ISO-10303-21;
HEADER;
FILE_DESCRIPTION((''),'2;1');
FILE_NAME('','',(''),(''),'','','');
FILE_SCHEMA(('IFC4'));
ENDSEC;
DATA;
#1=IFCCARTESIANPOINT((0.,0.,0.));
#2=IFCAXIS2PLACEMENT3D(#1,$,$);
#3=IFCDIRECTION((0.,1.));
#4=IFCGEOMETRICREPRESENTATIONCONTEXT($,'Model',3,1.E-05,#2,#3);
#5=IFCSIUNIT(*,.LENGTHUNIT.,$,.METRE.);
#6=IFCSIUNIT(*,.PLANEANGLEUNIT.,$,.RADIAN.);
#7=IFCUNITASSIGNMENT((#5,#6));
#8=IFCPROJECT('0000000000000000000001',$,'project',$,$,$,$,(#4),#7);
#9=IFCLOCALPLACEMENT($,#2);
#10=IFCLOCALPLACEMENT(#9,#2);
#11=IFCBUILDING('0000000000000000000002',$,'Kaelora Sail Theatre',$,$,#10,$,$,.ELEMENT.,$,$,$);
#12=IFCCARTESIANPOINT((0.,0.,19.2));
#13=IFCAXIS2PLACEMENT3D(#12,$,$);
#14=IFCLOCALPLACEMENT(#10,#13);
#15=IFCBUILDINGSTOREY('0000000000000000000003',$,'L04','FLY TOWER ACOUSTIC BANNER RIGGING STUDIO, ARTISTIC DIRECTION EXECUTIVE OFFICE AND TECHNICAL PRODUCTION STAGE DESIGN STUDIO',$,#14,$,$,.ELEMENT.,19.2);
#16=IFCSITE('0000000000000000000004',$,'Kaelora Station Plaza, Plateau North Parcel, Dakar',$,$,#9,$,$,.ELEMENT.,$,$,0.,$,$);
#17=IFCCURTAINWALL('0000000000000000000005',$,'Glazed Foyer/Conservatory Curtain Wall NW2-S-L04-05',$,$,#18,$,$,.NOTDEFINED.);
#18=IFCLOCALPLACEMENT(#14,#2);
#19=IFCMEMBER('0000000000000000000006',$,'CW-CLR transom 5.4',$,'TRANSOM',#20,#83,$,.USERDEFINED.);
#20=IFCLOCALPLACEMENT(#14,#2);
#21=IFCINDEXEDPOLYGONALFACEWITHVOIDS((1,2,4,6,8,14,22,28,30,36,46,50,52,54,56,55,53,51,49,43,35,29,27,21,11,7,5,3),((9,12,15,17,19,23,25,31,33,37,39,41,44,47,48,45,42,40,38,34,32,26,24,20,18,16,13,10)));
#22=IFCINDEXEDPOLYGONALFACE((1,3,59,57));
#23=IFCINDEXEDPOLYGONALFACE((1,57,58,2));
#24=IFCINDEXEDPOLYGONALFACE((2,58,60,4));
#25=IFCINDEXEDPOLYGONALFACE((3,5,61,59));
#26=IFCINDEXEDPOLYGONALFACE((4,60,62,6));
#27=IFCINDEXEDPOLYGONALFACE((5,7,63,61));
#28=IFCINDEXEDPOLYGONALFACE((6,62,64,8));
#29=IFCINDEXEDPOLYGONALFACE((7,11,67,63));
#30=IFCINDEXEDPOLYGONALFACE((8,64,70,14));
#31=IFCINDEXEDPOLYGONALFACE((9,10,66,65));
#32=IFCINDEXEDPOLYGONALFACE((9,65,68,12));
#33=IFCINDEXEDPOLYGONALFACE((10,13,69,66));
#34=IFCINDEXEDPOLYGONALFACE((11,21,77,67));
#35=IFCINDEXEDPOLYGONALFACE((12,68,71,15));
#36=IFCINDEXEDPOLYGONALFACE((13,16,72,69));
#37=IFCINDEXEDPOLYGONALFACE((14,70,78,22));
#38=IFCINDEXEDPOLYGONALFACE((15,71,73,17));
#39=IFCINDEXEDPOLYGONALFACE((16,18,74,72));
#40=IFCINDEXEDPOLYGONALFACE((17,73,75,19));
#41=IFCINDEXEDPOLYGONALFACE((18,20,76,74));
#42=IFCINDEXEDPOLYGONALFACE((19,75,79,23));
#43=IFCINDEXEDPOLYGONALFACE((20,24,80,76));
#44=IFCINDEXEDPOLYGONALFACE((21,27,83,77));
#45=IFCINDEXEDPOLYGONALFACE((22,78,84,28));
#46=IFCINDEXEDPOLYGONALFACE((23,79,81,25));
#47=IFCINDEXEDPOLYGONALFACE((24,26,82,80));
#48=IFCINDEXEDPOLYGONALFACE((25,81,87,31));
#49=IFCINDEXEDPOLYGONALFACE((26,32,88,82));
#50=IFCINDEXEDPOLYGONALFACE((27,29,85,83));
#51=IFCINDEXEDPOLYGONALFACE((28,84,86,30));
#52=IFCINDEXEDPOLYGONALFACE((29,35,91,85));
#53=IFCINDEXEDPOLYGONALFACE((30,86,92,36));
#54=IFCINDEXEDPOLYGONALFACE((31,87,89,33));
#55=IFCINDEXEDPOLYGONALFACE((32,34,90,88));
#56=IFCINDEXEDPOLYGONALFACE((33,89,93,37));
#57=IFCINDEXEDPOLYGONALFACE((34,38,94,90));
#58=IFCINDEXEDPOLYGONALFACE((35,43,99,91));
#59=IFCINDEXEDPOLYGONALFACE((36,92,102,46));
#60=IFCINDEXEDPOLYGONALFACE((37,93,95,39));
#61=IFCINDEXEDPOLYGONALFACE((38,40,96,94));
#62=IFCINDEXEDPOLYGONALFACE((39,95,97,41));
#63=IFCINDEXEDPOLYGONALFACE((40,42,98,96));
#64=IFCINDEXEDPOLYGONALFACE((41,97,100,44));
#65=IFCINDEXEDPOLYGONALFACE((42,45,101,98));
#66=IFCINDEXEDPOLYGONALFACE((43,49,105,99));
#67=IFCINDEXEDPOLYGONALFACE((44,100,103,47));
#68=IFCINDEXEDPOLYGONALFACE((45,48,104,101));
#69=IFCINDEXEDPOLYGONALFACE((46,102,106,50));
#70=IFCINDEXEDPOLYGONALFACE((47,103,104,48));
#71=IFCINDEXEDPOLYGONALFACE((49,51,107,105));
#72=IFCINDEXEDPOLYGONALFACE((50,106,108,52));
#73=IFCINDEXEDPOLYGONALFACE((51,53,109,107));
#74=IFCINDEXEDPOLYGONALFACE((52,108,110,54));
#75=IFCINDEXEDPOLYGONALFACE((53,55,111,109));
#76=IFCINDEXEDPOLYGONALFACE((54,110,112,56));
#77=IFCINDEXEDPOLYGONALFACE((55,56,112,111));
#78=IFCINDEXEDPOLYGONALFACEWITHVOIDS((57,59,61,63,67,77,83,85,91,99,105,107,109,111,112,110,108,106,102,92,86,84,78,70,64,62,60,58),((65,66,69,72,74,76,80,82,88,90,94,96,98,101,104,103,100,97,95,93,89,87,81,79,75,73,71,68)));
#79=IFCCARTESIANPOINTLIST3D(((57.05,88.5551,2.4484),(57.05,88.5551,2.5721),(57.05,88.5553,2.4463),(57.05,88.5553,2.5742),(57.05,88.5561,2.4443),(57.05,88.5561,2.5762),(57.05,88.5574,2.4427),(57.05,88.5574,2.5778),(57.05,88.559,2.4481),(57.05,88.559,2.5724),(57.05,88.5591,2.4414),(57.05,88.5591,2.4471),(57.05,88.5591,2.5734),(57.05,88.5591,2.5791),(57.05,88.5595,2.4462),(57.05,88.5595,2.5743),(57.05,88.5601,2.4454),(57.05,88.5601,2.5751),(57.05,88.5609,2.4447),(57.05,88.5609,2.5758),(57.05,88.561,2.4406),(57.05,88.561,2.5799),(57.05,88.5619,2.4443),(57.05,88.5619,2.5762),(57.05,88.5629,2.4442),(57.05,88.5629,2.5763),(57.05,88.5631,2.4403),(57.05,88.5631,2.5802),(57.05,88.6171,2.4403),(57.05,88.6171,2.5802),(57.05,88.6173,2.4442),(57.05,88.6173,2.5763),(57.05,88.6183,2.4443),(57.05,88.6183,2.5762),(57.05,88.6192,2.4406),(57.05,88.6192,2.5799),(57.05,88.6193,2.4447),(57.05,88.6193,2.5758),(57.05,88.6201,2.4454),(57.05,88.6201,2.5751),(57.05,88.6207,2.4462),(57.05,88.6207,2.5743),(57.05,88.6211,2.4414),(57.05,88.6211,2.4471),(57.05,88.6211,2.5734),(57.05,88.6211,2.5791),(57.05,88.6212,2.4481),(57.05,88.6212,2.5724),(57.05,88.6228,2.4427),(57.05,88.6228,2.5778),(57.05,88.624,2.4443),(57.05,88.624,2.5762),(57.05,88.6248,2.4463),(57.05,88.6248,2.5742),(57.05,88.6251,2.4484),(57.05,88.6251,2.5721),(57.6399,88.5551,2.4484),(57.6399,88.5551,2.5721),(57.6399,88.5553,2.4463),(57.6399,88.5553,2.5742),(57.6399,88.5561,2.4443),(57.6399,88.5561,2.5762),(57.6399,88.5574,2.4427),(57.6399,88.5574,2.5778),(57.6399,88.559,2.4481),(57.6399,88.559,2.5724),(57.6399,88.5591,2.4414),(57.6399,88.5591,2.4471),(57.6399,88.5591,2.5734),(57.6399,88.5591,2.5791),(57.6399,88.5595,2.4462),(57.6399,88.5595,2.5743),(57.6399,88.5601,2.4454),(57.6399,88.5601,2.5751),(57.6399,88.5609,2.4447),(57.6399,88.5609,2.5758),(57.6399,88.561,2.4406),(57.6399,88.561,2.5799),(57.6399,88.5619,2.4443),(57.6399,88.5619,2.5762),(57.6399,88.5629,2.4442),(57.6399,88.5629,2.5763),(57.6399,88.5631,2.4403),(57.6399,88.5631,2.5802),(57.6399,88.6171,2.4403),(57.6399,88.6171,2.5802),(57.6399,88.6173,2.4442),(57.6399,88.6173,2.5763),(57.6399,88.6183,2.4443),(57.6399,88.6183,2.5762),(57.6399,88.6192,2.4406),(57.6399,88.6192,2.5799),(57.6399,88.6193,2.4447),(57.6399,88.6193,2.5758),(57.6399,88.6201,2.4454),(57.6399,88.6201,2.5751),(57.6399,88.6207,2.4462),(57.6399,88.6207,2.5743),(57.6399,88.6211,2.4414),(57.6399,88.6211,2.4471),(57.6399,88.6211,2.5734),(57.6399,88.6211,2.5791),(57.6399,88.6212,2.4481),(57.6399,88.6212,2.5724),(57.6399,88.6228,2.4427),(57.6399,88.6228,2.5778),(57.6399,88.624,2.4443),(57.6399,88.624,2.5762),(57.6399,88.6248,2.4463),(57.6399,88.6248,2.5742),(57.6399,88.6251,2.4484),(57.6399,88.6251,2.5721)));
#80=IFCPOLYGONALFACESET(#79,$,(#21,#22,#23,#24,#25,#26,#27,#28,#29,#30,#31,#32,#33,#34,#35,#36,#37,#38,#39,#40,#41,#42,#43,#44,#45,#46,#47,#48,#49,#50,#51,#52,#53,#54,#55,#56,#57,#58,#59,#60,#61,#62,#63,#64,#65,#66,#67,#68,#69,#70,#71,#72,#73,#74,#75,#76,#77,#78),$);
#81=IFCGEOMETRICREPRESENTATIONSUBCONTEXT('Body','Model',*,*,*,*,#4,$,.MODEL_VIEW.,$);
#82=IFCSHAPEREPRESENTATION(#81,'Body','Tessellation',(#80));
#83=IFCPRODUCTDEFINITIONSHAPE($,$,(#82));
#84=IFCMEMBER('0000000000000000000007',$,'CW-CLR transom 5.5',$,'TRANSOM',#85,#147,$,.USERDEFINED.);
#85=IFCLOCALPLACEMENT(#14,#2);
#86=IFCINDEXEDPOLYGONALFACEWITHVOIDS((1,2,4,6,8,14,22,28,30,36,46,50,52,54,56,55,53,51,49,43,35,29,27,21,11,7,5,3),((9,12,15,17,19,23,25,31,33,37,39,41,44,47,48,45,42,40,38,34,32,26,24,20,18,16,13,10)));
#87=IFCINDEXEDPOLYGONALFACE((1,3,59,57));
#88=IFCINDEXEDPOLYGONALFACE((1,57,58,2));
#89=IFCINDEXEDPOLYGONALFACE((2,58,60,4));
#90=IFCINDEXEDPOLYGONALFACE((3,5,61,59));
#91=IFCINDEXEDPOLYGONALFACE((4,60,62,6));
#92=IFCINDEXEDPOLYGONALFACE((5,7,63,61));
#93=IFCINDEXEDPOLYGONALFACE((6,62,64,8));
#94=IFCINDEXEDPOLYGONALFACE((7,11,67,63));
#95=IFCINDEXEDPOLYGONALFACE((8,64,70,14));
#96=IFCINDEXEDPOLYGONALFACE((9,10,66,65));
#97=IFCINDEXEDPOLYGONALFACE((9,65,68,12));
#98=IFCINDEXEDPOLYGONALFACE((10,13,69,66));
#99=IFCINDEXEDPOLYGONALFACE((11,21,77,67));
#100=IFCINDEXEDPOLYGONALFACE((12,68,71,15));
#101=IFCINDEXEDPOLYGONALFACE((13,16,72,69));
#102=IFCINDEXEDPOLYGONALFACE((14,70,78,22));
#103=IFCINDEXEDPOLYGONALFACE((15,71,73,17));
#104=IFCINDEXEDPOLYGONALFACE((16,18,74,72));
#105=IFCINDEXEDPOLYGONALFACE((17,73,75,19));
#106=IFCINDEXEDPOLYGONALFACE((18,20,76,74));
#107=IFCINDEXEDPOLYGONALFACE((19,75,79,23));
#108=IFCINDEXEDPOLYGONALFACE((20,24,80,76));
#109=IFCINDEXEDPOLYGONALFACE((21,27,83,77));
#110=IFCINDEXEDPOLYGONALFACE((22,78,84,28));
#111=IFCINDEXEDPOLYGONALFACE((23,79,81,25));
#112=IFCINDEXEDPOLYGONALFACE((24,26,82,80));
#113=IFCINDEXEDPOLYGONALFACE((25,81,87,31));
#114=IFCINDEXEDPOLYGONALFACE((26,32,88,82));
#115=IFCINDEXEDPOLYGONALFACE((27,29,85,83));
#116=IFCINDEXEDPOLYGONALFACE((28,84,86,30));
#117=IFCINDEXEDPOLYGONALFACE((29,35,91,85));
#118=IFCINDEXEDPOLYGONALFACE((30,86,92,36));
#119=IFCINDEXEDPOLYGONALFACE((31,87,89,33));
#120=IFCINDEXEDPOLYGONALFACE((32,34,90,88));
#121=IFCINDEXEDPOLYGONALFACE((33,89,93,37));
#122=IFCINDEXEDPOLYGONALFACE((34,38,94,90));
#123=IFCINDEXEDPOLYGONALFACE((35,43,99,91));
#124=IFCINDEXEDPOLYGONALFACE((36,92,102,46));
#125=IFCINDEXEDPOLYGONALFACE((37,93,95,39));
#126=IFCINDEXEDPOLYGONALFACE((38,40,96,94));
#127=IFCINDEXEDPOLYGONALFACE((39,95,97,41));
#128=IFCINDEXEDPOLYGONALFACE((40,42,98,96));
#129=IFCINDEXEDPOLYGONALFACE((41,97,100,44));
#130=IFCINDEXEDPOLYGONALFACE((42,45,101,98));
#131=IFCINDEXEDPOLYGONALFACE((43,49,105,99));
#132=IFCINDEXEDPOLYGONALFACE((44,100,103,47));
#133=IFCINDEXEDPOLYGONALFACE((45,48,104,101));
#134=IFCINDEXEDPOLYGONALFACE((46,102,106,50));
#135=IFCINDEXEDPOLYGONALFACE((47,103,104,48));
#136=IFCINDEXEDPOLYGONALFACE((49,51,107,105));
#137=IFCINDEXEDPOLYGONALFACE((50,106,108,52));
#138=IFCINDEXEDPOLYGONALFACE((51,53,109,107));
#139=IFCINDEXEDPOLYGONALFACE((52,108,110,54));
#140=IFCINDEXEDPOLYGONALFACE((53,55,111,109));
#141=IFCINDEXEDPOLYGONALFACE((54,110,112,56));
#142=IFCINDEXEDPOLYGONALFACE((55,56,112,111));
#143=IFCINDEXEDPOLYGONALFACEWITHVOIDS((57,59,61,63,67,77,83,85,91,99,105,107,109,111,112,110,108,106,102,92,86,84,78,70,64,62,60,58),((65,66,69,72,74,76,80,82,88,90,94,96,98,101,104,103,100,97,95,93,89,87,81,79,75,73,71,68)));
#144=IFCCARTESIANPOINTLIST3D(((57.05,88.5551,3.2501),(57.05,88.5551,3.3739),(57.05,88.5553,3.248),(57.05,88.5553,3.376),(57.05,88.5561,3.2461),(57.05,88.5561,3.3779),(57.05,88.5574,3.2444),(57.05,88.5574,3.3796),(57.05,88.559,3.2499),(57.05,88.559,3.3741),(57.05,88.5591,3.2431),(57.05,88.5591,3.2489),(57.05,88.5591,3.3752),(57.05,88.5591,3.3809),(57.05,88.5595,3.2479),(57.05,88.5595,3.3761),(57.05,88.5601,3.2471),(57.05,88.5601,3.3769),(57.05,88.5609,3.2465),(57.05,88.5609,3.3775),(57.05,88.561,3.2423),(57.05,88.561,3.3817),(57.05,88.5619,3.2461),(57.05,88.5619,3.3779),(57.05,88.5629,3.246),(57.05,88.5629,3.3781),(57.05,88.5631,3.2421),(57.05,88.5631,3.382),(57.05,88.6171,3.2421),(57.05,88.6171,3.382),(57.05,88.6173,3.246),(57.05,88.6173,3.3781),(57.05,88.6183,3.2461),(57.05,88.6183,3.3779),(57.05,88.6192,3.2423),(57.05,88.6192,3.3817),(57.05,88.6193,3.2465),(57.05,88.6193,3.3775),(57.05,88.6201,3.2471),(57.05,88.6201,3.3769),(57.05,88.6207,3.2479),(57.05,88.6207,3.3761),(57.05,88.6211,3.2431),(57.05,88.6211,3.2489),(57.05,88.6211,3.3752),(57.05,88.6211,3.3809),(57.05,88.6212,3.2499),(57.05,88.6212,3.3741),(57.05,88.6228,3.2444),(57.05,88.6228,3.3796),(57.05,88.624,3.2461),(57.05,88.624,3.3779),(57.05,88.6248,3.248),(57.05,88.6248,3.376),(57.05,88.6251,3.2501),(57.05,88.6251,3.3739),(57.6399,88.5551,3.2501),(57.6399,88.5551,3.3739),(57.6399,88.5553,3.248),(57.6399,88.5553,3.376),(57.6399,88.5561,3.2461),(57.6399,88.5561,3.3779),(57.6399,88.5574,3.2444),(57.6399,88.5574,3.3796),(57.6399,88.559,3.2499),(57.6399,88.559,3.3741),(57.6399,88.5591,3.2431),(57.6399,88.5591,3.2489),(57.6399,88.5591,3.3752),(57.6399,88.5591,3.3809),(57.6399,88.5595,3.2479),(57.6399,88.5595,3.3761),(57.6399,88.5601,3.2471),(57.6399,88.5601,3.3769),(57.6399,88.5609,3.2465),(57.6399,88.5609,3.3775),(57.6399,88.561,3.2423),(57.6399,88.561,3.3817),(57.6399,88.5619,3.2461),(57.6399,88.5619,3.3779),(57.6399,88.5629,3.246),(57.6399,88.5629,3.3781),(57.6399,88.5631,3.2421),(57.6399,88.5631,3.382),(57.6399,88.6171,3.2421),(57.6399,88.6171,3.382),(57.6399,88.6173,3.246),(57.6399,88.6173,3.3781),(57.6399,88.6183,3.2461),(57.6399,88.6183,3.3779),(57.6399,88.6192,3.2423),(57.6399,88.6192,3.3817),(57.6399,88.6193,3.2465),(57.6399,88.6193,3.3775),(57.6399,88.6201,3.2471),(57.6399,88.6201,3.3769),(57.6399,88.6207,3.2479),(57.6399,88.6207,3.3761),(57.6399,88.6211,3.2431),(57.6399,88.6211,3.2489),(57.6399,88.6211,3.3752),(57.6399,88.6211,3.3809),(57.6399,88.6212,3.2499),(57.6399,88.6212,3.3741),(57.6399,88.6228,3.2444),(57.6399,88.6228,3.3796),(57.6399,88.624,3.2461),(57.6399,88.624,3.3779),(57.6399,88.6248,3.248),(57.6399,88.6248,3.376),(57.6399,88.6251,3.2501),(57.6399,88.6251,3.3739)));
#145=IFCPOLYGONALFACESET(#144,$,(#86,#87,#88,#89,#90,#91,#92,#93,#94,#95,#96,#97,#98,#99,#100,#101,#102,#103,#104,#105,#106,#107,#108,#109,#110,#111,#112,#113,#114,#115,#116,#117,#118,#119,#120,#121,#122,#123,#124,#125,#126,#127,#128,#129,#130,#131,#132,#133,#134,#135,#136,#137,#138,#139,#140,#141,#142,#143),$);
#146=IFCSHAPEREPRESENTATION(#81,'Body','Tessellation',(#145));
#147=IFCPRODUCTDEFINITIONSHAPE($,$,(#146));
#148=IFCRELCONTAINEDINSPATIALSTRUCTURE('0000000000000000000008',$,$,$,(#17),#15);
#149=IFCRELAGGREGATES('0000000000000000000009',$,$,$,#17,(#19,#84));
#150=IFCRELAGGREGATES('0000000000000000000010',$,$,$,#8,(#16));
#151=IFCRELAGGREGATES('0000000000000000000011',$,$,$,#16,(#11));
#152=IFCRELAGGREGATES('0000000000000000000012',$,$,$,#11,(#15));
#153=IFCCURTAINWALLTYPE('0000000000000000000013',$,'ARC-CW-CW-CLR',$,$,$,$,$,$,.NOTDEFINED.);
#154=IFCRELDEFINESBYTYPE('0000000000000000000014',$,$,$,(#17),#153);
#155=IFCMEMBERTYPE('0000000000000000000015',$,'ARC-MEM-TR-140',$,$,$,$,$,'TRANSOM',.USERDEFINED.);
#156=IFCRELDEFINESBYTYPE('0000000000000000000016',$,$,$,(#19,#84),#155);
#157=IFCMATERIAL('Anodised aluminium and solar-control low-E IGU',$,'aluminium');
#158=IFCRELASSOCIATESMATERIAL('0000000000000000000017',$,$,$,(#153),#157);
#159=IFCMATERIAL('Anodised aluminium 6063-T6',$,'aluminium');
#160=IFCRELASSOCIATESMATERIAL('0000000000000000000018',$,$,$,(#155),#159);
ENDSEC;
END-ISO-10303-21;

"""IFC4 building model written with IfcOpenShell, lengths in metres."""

from ifc_helpers import new_model, si_unit, direction, frame, origin, origin_2d, place, context, subcontext, project, spatial, hollow_rectangle, extrude, material, material_profile, profile_set, type_object, element, aggregate, save


model = new_model("IFC4")

# Units and contexts
model_context = context("Model", 3, precision=1e-05, world=origin(), true_north=direction((0.0, 1.0)))
body_context = subcontext(model_context, "Body", "Model", "MODEL_VIEW")
ifc_project = project(units=[si_unit("LENGTHUNIT", "METRE"), si_unit("PLANEANGLEUNIT", "RADIAN")], contexts=[model_context])

# Site, building, storey
site_placement = place(None, origin())
site = spatial("IfcSite", under=ifc_project, at=site_placement, Name="Kaelora Station Plaza, Plateau North Parcel, Dakar", CompositionType="ELEMENT", RefElevation=0.0)
building_placement = place(site_placement, origin())
building = spatial("IfcBuilding", under=site, at=building_placement, Name="Kaelora Sail Theatre", CompositionType="ELEMENT")
storey_placement = place(building_placement, frame((0.0, 0.0, 19.2)))
storey = spatial("IfcBuildingStorey", under=building, at=storey_placement, Name="L04", Description="FLY TOWER ACOUSTIC BANNER RIGGING STUDIO, ARTISTIC DIRECTION EXECUTIVE OFFICE AND TECHNICAL PRODUCTION STAGE DESIGN STUDIO", CompositionType="ELEMENT", Elevation=19.2)

# Curtain wall
ifc_material_1 = material(Name="Anodised aluminium and solar-control low-E IGU", Category="aluminium")
curtain_wall_type = type_object("IfcCurtainWallType", Name="ARC-CW-CW-CLR", PredefinedType="NOTDEFINED", material=ifc_material_1)
curtain_wall_1_placement = place(storey_placement, origin())
curtain_wall_1 = element("IfcCurtainWall", 1, at=curtain_wall_1_placement, inside=storey, type_object=curtain_wall_type, Name="Glazed Foyer/Conservatory Curtain Wall NW2-S-L04-05", PredefinedType="NOTDEFINED")

# Members
ifc_material_2 = material(Name="Anodised aluminium 6063-T6", Category="aluminium")
ifc_material_profile_1 = material_profile(ifc_material_2, hollow_rectangle(XDim=0.0701, YDim=0.1399, WallThickness=0.0039, InnerFilletRadius=0.0039, OuterFilletRadius=0.0081, at=origin_2d()), Name="ALU-TRAN 70x140x4")
ifc_profile_set_1 = profile_set([ifc_material_profile_1], Name="Anodised aluminium 6063-T6")
member_type_1 = type_object("IfcMemberType", Name="ARC-MEM-TR-140", ElementType="TRANSOM", PredefinedType="USERDEFINED", material=ifc_profile_set_1)
member_1_placement = place(storey_placement, frame((57.05, 88.5901, 2.5103), z_axis=(1.0, 0.0, 0.0), x_axis=(0.0, 1.0, 0.0)))
member_1 = element("IfcMember", 2, at=member_1_placement, type_object=member_type_1, Name="CW-CLR transom 5.4", ObjectType="TRANSOM", PredefinedType="USERDEFINED", context=body_context, shape_type="SweptSolid", body=[
    extrude(hollow_rectangle(XDim=0.0701, YDim=0.1399, WallThickness=0.0039, InnerFilletRadius=0.0039, OuterFilletRadius=0.0081, at=origin_2d()), origin(), (0.0, 0.0, 1.0), 0.5898),
])
member_2_placement = place(storey_placement, frame((57.05, 88.5901, 3.312), z_axis=(1.0, 0.0, 0.0), x_axis=(0.0, 1.0, 0.0)))
member_2 = element("IfcMember", 3, at=member_2_placement, type_object=member_type_1, Name="CW-CLR transom 5.5", ObjectType="TRANSOM", PredefinedType="USERDEFINED", context=body_context, shape_type="SweptSolid", body=[
    extrude(hollow_rectangle(XDim=0.0701, YDim=0.1399, WallThickness=0.0039, InnerFilletRadius=0.0039, OuterFilletRadius=0.0081, at=origin_2d()), origin(), (0.0, 0.0, 1.0), 0.5898),
])

aggregate(curtain_wall_1, [member_1, member_2])

save(model, "model.ifc")
